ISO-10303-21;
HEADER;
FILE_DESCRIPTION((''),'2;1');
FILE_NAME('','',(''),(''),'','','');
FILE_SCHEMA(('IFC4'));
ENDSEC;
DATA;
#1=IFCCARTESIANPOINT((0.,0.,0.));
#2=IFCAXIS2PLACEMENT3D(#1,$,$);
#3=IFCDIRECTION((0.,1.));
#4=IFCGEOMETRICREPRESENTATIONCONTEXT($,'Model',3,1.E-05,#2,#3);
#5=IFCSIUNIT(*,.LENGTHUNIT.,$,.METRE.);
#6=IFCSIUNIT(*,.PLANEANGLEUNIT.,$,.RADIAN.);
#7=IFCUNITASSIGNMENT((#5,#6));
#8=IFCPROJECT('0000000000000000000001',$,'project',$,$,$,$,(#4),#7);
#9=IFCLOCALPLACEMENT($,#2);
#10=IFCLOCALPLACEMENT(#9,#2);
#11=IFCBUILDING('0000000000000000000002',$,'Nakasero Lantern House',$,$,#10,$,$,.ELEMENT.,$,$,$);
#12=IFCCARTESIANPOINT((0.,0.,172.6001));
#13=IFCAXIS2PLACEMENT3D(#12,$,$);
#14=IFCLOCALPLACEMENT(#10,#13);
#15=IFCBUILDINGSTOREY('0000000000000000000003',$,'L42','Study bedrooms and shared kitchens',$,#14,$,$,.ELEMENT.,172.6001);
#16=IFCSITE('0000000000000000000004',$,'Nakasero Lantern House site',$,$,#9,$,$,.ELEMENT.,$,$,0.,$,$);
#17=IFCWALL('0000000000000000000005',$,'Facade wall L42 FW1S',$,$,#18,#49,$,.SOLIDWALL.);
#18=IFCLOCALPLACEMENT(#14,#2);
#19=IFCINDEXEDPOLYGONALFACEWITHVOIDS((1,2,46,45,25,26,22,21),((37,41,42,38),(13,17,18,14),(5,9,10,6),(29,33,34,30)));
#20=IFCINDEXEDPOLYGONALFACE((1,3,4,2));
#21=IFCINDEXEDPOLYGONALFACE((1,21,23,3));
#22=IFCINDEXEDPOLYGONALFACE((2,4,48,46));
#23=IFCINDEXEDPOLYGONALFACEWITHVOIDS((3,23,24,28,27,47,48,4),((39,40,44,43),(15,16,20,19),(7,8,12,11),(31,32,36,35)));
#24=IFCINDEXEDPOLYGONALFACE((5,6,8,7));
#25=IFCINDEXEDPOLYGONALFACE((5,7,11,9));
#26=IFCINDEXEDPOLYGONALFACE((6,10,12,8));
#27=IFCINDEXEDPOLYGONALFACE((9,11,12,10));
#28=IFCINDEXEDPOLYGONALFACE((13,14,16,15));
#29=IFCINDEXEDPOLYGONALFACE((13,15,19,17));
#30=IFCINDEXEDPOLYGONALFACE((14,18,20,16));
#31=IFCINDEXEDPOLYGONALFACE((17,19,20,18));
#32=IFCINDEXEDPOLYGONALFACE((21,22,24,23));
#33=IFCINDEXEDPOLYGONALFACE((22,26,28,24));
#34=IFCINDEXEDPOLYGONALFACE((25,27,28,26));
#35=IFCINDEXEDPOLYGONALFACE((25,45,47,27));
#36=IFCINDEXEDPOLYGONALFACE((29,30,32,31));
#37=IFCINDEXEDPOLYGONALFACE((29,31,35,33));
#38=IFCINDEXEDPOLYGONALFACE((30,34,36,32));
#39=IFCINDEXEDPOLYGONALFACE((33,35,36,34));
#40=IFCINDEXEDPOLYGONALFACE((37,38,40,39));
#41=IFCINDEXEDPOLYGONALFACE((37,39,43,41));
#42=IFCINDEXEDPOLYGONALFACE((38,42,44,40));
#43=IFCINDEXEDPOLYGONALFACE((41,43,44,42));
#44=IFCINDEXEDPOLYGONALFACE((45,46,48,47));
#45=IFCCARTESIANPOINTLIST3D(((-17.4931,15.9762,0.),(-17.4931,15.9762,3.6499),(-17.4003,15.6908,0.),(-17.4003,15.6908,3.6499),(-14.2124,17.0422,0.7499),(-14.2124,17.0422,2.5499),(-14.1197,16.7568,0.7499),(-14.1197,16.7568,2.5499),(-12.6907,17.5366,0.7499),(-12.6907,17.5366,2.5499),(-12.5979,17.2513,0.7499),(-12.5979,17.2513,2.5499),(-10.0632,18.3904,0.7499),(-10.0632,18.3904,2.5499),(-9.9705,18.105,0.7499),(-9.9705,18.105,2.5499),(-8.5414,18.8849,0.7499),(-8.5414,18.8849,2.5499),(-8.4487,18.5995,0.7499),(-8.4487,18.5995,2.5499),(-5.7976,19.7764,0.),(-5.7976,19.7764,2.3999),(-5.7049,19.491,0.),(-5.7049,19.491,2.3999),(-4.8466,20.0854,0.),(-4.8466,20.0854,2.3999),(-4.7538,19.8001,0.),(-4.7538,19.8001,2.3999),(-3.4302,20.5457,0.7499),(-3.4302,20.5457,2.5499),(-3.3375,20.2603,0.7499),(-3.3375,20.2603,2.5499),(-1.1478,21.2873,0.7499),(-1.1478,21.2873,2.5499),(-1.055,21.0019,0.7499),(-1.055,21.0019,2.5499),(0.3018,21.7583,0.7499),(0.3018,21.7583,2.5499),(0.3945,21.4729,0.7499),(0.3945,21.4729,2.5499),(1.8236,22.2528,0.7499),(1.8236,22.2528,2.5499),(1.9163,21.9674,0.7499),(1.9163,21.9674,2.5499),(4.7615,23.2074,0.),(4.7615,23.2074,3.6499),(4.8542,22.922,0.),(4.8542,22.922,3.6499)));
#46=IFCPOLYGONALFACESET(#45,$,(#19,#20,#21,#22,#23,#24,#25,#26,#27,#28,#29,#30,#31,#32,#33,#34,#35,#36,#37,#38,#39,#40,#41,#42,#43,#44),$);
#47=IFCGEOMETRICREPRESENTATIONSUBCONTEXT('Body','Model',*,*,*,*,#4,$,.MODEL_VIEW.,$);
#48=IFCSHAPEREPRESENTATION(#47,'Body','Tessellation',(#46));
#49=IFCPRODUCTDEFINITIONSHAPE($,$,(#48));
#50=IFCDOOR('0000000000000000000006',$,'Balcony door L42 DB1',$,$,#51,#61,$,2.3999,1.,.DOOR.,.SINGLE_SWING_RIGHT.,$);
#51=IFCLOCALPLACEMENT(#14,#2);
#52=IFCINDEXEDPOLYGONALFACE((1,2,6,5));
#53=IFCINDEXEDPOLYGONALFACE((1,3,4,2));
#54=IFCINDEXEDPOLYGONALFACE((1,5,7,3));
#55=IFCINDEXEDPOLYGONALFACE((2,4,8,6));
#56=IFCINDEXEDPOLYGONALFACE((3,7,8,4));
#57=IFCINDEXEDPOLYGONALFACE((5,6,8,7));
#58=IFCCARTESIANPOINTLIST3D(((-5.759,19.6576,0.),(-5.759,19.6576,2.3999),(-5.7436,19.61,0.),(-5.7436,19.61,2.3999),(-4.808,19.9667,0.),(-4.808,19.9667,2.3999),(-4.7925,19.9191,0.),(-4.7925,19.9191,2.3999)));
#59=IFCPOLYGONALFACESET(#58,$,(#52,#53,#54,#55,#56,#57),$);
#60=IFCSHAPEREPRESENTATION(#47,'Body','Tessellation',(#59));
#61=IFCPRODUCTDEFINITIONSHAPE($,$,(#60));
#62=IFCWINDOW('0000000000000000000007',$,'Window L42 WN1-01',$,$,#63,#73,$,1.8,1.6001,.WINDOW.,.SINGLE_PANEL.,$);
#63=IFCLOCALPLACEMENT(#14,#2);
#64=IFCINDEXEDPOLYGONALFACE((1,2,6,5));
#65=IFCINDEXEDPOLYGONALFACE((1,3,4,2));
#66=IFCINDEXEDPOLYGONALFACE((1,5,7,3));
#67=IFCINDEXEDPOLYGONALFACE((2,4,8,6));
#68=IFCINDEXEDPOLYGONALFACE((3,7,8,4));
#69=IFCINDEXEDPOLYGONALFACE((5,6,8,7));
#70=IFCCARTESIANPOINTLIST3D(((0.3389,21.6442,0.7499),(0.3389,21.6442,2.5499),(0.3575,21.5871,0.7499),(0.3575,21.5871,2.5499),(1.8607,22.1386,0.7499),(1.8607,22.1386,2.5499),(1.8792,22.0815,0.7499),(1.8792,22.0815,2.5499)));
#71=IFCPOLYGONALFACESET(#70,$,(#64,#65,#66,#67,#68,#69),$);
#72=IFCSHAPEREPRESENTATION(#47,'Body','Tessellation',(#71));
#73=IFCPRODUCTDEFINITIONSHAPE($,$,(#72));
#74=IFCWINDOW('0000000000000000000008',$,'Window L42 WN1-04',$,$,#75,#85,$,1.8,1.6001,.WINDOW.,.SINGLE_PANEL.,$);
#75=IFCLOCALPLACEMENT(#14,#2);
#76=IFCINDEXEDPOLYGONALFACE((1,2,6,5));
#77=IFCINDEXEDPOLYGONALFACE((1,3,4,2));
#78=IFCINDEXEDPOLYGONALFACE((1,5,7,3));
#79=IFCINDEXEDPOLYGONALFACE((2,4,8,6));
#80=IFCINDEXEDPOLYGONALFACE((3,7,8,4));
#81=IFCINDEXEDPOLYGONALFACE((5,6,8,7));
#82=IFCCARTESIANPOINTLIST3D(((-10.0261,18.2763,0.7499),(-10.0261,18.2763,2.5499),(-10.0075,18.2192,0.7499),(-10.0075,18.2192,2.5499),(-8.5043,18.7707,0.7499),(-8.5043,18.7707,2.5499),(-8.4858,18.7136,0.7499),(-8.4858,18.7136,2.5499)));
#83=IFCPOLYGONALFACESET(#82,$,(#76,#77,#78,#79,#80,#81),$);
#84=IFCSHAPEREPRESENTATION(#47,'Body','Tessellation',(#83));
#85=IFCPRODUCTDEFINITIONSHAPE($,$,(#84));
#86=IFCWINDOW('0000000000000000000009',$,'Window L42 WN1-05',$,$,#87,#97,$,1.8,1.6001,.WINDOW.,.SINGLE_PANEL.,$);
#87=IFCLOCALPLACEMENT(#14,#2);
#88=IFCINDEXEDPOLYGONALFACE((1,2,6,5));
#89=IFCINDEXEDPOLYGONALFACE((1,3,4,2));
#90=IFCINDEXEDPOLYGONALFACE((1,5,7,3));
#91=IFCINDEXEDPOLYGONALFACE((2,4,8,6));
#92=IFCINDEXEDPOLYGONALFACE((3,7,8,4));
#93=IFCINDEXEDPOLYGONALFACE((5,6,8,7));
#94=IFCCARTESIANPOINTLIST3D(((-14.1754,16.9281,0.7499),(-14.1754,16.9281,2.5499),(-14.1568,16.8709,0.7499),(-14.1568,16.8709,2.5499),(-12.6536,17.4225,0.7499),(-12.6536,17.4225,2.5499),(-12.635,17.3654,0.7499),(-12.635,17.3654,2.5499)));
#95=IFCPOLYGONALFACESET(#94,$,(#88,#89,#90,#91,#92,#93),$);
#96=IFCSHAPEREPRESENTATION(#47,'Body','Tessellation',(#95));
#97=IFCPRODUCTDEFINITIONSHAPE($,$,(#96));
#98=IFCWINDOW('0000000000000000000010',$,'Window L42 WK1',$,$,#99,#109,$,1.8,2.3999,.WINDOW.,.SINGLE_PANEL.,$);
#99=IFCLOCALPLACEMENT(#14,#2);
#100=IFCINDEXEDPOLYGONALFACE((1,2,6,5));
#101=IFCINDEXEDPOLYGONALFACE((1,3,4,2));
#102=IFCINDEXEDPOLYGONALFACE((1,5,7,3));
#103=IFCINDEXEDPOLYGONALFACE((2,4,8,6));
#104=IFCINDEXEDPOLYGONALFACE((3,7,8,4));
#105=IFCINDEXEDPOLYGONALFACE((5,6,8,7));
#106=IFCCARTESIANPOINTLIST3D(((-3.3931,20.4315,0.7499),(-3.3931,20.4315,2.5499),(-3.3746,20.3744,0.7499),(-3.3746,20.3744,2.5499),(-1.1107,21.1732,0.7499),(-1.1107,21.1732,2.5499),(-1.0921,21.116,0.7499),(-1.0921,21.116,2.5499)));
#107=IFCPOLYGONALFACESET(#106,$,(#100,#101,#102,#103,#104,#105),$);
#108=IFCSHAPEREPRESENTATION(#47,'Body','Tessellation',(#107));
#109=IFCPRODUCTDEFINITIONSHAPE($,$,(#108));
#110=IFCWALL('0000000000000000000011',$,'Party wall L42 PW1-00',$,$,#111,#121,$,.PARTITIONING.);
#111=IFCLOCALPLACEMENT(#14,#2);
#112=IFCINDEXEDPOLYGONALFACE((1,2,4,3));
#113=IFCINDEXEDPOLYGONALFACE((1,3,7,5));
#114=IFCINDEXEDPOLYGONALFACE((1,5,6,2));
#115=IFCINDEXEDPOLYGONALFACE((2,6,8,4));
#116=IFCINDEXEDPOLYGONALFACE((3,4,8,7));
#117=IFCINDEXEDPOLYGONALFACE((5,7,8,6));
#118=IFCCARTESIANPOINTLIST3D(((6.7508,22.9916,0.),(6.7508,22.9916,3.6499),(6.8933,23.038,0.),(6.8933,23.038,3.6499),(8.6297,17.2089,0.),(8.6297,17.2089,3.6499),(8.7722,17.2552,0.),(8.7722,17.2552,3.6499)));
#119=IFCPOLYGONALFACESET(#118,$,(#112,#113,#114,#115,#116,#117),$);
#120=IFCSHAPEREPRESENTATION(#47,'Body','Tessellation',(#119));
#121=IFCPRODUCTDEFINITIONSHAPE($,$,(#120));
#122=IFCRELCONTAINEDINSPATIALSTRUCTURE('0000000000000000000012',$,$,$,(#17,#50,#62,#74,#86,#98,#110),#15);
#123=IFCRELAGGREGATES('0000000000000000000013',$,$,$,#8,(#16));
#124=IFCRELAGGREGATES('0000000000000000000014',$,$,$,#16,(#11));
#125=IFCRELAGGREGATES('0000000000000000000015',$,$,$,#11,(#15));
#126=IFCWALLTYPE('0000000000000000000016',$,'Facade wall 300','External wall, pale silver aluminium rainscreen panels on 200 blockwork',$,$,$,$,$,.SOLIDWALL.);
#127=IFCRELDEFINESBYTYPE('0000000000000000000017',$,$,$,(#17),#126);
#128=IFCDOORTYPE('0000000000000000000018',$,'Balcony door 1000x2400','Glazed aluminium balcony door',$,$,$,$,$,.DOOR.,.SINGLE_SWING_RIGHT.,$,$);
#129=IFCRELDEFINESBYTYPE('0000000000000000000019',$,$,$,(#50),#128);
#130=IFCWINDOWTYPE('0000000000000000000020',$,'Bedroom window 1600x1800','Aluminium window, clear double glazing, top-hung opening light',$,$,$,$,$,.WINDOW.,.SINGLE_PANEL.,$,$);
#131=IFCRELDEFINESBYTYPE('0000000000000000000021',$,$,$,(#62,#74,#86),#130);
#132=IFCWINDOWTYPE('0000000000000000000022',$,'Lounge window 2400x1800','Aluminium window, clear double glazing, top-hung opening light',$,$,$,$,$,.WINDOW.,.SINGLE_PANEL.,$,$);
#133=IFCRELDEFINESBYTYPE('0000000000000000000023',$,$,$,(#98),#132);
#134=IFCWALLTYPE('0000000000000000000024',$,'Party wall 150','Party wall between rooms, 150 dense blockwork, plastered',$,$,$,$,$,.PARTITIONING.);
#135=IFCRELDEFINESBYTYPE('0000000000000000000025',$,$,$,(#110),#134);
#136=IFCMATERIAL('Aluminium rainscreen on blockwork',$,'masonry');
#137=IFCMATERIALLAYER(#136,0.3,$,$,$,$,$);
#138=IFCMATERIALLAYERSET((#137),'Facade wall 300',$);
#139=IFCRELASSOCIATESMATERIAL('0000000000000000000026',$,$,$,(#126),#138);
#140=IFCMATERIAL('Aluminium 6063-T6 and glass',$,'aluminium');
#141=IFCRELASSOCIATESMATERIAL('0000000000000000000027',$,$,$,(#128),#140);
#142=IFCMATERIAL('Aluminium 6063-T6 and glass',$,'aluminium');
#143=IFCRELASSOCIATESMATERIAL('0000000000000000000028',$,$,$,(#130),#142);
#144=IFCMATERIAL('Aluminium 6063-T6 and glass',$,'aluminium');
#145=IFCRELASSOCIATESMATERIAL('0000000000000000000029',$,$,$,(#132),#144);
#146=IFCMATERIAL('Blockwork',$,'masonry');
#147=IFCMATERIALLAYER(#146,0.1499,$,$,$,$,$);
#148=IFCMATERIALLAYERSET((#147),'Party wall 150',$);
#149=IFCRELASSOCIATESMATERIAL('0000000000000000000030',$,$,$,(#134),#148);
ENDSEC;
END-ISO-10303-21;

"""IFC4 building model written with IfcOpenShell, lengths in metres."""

from ifc_helpers import new_model, si_unit, direction, frame, frame_2d, origin, place, context, subcontext, project, spatial, rectangle, extrude, material, layer, layer_set, type_object, element, fill, save


model = new_model("IFC4")

# Units and contexts
model_context = context("Model", 3, precision=1e-05, world=origin(), true_north=direction((0.0, 1.0)))
body_context = subcontext(model_context, "Body", "Model", "MODEL_VIEW")
ifc_project = project(units=[si_unit("LENGTHUNIT", "METRE"), si_unit("PLANEANGLEUNIT", "RADIAN")], contexts=[model_context])

# Site, building, storey
site_placement = place(None, origin())
site = spatial("IfcSite", under=ifc_project, at=site_placement, Name="Nakasero Lantern House site", CompositionType="ELEMENT", RefElevation=0.0)
building_placement = place(site_placement, origin())
building = spatial("IfcBuilding", under=site, at=building_placement, Name="Nakasero Lantern House", CompositionType="ELEMENT")
storey_placement = place(building_placement, frame((0.0, 0.0, 172.6001)))
storey = spatial("IfcBuildingStorey", under=building, at=storey_placement, Name="L42", Description="Study bedrooms and shared kitchens", CompositionType="ELEMENT", Elevation=172.6001)

# Wall, openings, door, windows
ifc_material_1 = material(Name="Aluminium rainscreen on blockwork", Category="masonry")
ifc_layer_1 = layer(ifc_material_1, 0.3)
ifc_layer_set_1 = layer_set([ifc_layer_1], Name="Facade wall 300")
wall_type_1 = type_object("IfcWallType", Name="Facade wall 300", Description="External wall, pale silver aluminium rainscreen panels on 200 blockwork", PredefinedType="SOLIDWALL", material=ifc_layer_set_1)
wall_1_placement = place(storey_placement, frame((4.8079, 23.0647, 0.0), z_axis=(0.0, 0.0, 1.0), x_axis=(-0.951054, -0.309026, 0.0)))
wall_1 = element("IfcWall", 1, at=wall_1_placement, inside=storey, type_object=wall_type_1, Name="Facade wall L42 FW1S", PredefinedType="SOLIDWALL", context=body_context, shape_type="SweptSolid", body=[
    extrude(rectangle(XDim=23.3999, YDim=0.3, at=frame_2d((11.7, 0.0))), origin(), (0.0, 0.0, 1.0), 3.6499),
])
opening_1_placement = place(wall_1_placement, frame((3.0891, 0.0, 0.75)))
opening_1 = element("IfcOpeningElement", 2, at=opening_1_placement, cuts=wall_1, PredefinedType="OPENING", context=body_context, shape_type="SweptSolid", body=[
    extrude(rectangle(XDim=1.6001, YDim=1.8, at=frame_2d((0.8, 0.8999))), frame((0.0, 0.1699, 0.0), z_axis=(0.0, -1.0, 0.0), x_axis=(1.0, 0.0, 0.0)), (0.0, 0.0, 1.0), 0.3401),
])
opening_2_placement = place(wall_1_placement, frame((13.9875, 0.0, 0.75)))
opening_2 = element("IfcOpeningElement", 3, at=opening_2_placement, cuts=wall_1, PredefinedType="OPENING", context=body_context, shape_type="SweptSolid", body=[
    extrude(rectangle(XDim=1.6001, YDim=1.8, at=frame_2d((0.8, 0.8999))), frame((0.0, 0.1699, 0.0), z_axis=(0.0, -1.0, 0.0), x_axis=(1.0, 0.0, 0.0)), (0.0, 0.0, 1.0), 0.3401),
])
opening_3_placement = place(wall_1_placement, frame((18.3503, 0.0, 0.75)))
opening_3 = element("IfcOpeningElement", 4, at=opening_3_placement, cuts=wall_1, PredefinedType="OPENING", context=body_context, shape_type="SweptSolid", body=[
    extrude(rectangle(XDim=1.6001, YDim=1.8, at=frame_2d((0.8, 0.8999))), frame((0.0, 0.1699, 0.0), z_axis=(0.0, -1.0, 0.0), x_axis=(1.0, 0.0, 0.0)), (0.0, 0.0, 1.0), 0.3401),
])
opening_4_placement = place(wall_1_placement, frame((6.2134, 0.0, 0.75)))
opening_4 = element("IfcOpeningElement", 5, at=opening_4_placement, cuts=wall_1, PredefinedType="OPENING", context=body_context, shape_type="SweptSolid", body=[
    extrude(rectangle(XDim=2.3999, YDim=1.8, at=frame_2d((1.2, 0.8999))), frame((0.0, 0.1699, 0.0), z_axis=(0.0, -1.0, 0.0), x_axis=(1.0, 0.0, 0.0)), (0.0, 0.0, 1.0), 0.3401),
])
opening_5_placement = place(wall_1_placement, frame((10.1025, 0.0, 0.0)))
opening_5 = element("IfcOpeningElement", 6, at=opening_5_placement, cuts=wall_1, PredefinedType="OPENING", context=body_context, shape_type="SweptSolid", body=[
    extrude(rectangle(XDim=1.0, YDim=2.3999, at=frame_2d((0.5, 1.2))), frame((0.0, 0.1699, 0.0), z_axis=(0.0, -1.0, 0.0), x_axis=(1.0, 0.0, 0.0)), (0.0, 0.0, 1.0), 0.3401),
])
ifc_material_2 = material(Name="Aluminium 6063-T6 and glass", Category="aluminium")
door_type_1 = type_object("IfcDoorType", Name="Balcony door 1000x2400", Description="Glazed aluminium balcony door", OperationType="SINGLE_SWING_RIGHT", PredefinedType="DOOR", material=ifc_material_2)
door_1_placement = place(opening_5_placement, origin())
door_1 = element("IfcDoor", 7, at=door_1_placement, inside=storey, type_object=door_type_1, Name="Balcony door L42 DB1", OperationType="SINGLE_SWING_RIGHT", OverallHeight=2.3999, OverallWidth=1.0, PredefinedType="DOOR", context=body_context, shape_type="SweptSolid", body=[
    extrude(rectangle(XDim=1.0, YDim=2.3999, at=frame_2d((0.5, 1.2))), frame((0.0, 0.0249, 0.0), z_axis=(0.0, -1.0, 0.0), x_axis=(1.0, 0.0, 0.0)), (0.0, 0.0, 1.0), 0.05),
])
fill(opening_5, door_1)
ifc_material_3 = material(Name="Aluminium 6063-T6 and glass", Category="aluminium")
window_type_1 = type_object("IfcWindowType", Name="Bedroom window 1600x1800", Description="Aluminium window, clear double glazing, top-hung opening light", PartitioningType="SINGLE_PANEL", PredefinedType="WINDOW", material=ifc_material_3)
window_1_placement = place(opening_1_placement, origin())
window_1 = element("IfcWindow", 8, at=window_1_placement, inside=storey, type_object=window_type_1, Name="Window L42 WN1-01", OverallHeight=1.8, OverallWidth=1.6001, PartitioningType="SINGLE_PANEL", PredefinedType="WINDOW", context=body_context, shape_type="SweptSolid", body=[
    extrude(rectangle(XDim=1.6001, YDim=1.8, at=frame_2d((0.8, 0.8999))), frame((0.0, 0.03, 0.0), z_axis=(0.0, -1.0, 0.0), x_axis=(1.0, 0.0, 0.0)), (0.0, 0.0, 1.0), 0.0601),
])
fill(opening_1, window_1)
window_2_placement = place(opening_2_placement, origin())
window_2 = element("IfcWindow", 9, at=window_2_placement, inside=storey, type_object=window_type_1, Name="Window L42 WN1-04", OverallHeight=1.8, OverallWidth=1.6001, PartitioningType="SINGLE_PANEL", PredefinedType="WINDOW", context=body_context, shape_type="SweptSolid", body=[
    extrude(rectangle(XDim=1.6001, YDim=1.8, at=frame_2d((0.8, 0.8999))), frame((0.0, 0.03, 0.0), z_axis=(0.0, -1.0, 0.0), x_axis=(1.0, 0.0, 0.0)), (0.0, 0.0, 1.0), 0.0601),
])
fill(opening_2, window_2)
window_3_placement = place(opening_3_placement, origin())
window_3 = element("IfcWindow", 10, at=window_3_placement, inside=storey, type_object=window_type_1, Name="Window L42 WN1-05", OverallHeight=1.8, OverallWidth=1.6001, PartitioningType="SINGLE_PANEL", PredefinedType="WINDOW", context=body_context, shape_type="SweptSolid", body=[
    extrude(rectangle(XDim=1.6001, YDim=1.8, at=frame_2d((0.8, 0.8999))), frame((0.0, 0.03, 0.0), z_axis=(0.0, -1.0, 0.0), x_axis=(1.0, 0.0, 0.0)), (0.0, 0.0, 1.0), 0.0601),
])
fill(opening_3, window_3)
ifc_material_4 = material(Name="Aluminium 6063-T6 and glass", Category="aluminium")
window_type_2 = type_object("IfcWindowType", Name="Lounge window 2400x1800", Description="Aluminium window, clear double glazing, top-hung opening light", PartitioningType="SINGLE_PANEL", PredefinedType="WINDOW", material=ifc_material_4)
window_4_placement = place(opening_4_placement, origin())
window_4 = element("IfcWindow", 11, at=window_4_placement, inside=storey, type_object=window_type_2, Name="Window L42 WK1", OverallHeight=1.8, OverallWidth=2.3999, PartitioningType="SINGLE_PANEL", PredefinedType="WINDOW", context=body_context, shape_type="SweptSolid", body=[
    extrude(rectangle(XDim=2.3999, YDim=1.8, at=frame_2d((1.2, 0.8999))), frame((0.0, 0.03, 0.0), z_axis=(0.0, -1.0, 0.0), x_axis=(1.0, 0.0, 0.0)), (0.0, 0.0, 1.0), 0.0601),
])
fill(opening_4, window_4)

# Wall
ifc_material_5 = material(Name="Blockwork", Category="masonry")
ifc_layer_2 = layer(ifc_material_5, 0.1499)
ifc_layer_set_2 = layer_set([ifc_layer_2], Name="Party wall 150")
wall_type_2 = type_object("IfcWallType", Name="Party wall 150", Description="Party wall between rooms, 150 dense blockwork, plastered", PredefinedType="PARTITIONING", material=ifc_layer_set_2)
wall_2_placement = place(storey_placement, frame((8.7009, 17.2322, 0.0), z_axis=(0.0, 0.0, 1.0), x_axis=(-0.309015, 0.951057, 0.0)))
element("IfcWall", 12, at=wall_2_placement, inside=storey, type_object=wall_type_2, Name="Party wall L42 PW1-00", PredefinedType="PARTITIONING", context=body_context, shape_type="SweptSolid", body=[
    extrude(rectangle(XDim=6.0803, YDim=0.1499, at=frame_2d((3.04, 0.0))), origin(), (0.0, 0.0, 1.0), 3.6499),
])

save(model, "model.ifc")
